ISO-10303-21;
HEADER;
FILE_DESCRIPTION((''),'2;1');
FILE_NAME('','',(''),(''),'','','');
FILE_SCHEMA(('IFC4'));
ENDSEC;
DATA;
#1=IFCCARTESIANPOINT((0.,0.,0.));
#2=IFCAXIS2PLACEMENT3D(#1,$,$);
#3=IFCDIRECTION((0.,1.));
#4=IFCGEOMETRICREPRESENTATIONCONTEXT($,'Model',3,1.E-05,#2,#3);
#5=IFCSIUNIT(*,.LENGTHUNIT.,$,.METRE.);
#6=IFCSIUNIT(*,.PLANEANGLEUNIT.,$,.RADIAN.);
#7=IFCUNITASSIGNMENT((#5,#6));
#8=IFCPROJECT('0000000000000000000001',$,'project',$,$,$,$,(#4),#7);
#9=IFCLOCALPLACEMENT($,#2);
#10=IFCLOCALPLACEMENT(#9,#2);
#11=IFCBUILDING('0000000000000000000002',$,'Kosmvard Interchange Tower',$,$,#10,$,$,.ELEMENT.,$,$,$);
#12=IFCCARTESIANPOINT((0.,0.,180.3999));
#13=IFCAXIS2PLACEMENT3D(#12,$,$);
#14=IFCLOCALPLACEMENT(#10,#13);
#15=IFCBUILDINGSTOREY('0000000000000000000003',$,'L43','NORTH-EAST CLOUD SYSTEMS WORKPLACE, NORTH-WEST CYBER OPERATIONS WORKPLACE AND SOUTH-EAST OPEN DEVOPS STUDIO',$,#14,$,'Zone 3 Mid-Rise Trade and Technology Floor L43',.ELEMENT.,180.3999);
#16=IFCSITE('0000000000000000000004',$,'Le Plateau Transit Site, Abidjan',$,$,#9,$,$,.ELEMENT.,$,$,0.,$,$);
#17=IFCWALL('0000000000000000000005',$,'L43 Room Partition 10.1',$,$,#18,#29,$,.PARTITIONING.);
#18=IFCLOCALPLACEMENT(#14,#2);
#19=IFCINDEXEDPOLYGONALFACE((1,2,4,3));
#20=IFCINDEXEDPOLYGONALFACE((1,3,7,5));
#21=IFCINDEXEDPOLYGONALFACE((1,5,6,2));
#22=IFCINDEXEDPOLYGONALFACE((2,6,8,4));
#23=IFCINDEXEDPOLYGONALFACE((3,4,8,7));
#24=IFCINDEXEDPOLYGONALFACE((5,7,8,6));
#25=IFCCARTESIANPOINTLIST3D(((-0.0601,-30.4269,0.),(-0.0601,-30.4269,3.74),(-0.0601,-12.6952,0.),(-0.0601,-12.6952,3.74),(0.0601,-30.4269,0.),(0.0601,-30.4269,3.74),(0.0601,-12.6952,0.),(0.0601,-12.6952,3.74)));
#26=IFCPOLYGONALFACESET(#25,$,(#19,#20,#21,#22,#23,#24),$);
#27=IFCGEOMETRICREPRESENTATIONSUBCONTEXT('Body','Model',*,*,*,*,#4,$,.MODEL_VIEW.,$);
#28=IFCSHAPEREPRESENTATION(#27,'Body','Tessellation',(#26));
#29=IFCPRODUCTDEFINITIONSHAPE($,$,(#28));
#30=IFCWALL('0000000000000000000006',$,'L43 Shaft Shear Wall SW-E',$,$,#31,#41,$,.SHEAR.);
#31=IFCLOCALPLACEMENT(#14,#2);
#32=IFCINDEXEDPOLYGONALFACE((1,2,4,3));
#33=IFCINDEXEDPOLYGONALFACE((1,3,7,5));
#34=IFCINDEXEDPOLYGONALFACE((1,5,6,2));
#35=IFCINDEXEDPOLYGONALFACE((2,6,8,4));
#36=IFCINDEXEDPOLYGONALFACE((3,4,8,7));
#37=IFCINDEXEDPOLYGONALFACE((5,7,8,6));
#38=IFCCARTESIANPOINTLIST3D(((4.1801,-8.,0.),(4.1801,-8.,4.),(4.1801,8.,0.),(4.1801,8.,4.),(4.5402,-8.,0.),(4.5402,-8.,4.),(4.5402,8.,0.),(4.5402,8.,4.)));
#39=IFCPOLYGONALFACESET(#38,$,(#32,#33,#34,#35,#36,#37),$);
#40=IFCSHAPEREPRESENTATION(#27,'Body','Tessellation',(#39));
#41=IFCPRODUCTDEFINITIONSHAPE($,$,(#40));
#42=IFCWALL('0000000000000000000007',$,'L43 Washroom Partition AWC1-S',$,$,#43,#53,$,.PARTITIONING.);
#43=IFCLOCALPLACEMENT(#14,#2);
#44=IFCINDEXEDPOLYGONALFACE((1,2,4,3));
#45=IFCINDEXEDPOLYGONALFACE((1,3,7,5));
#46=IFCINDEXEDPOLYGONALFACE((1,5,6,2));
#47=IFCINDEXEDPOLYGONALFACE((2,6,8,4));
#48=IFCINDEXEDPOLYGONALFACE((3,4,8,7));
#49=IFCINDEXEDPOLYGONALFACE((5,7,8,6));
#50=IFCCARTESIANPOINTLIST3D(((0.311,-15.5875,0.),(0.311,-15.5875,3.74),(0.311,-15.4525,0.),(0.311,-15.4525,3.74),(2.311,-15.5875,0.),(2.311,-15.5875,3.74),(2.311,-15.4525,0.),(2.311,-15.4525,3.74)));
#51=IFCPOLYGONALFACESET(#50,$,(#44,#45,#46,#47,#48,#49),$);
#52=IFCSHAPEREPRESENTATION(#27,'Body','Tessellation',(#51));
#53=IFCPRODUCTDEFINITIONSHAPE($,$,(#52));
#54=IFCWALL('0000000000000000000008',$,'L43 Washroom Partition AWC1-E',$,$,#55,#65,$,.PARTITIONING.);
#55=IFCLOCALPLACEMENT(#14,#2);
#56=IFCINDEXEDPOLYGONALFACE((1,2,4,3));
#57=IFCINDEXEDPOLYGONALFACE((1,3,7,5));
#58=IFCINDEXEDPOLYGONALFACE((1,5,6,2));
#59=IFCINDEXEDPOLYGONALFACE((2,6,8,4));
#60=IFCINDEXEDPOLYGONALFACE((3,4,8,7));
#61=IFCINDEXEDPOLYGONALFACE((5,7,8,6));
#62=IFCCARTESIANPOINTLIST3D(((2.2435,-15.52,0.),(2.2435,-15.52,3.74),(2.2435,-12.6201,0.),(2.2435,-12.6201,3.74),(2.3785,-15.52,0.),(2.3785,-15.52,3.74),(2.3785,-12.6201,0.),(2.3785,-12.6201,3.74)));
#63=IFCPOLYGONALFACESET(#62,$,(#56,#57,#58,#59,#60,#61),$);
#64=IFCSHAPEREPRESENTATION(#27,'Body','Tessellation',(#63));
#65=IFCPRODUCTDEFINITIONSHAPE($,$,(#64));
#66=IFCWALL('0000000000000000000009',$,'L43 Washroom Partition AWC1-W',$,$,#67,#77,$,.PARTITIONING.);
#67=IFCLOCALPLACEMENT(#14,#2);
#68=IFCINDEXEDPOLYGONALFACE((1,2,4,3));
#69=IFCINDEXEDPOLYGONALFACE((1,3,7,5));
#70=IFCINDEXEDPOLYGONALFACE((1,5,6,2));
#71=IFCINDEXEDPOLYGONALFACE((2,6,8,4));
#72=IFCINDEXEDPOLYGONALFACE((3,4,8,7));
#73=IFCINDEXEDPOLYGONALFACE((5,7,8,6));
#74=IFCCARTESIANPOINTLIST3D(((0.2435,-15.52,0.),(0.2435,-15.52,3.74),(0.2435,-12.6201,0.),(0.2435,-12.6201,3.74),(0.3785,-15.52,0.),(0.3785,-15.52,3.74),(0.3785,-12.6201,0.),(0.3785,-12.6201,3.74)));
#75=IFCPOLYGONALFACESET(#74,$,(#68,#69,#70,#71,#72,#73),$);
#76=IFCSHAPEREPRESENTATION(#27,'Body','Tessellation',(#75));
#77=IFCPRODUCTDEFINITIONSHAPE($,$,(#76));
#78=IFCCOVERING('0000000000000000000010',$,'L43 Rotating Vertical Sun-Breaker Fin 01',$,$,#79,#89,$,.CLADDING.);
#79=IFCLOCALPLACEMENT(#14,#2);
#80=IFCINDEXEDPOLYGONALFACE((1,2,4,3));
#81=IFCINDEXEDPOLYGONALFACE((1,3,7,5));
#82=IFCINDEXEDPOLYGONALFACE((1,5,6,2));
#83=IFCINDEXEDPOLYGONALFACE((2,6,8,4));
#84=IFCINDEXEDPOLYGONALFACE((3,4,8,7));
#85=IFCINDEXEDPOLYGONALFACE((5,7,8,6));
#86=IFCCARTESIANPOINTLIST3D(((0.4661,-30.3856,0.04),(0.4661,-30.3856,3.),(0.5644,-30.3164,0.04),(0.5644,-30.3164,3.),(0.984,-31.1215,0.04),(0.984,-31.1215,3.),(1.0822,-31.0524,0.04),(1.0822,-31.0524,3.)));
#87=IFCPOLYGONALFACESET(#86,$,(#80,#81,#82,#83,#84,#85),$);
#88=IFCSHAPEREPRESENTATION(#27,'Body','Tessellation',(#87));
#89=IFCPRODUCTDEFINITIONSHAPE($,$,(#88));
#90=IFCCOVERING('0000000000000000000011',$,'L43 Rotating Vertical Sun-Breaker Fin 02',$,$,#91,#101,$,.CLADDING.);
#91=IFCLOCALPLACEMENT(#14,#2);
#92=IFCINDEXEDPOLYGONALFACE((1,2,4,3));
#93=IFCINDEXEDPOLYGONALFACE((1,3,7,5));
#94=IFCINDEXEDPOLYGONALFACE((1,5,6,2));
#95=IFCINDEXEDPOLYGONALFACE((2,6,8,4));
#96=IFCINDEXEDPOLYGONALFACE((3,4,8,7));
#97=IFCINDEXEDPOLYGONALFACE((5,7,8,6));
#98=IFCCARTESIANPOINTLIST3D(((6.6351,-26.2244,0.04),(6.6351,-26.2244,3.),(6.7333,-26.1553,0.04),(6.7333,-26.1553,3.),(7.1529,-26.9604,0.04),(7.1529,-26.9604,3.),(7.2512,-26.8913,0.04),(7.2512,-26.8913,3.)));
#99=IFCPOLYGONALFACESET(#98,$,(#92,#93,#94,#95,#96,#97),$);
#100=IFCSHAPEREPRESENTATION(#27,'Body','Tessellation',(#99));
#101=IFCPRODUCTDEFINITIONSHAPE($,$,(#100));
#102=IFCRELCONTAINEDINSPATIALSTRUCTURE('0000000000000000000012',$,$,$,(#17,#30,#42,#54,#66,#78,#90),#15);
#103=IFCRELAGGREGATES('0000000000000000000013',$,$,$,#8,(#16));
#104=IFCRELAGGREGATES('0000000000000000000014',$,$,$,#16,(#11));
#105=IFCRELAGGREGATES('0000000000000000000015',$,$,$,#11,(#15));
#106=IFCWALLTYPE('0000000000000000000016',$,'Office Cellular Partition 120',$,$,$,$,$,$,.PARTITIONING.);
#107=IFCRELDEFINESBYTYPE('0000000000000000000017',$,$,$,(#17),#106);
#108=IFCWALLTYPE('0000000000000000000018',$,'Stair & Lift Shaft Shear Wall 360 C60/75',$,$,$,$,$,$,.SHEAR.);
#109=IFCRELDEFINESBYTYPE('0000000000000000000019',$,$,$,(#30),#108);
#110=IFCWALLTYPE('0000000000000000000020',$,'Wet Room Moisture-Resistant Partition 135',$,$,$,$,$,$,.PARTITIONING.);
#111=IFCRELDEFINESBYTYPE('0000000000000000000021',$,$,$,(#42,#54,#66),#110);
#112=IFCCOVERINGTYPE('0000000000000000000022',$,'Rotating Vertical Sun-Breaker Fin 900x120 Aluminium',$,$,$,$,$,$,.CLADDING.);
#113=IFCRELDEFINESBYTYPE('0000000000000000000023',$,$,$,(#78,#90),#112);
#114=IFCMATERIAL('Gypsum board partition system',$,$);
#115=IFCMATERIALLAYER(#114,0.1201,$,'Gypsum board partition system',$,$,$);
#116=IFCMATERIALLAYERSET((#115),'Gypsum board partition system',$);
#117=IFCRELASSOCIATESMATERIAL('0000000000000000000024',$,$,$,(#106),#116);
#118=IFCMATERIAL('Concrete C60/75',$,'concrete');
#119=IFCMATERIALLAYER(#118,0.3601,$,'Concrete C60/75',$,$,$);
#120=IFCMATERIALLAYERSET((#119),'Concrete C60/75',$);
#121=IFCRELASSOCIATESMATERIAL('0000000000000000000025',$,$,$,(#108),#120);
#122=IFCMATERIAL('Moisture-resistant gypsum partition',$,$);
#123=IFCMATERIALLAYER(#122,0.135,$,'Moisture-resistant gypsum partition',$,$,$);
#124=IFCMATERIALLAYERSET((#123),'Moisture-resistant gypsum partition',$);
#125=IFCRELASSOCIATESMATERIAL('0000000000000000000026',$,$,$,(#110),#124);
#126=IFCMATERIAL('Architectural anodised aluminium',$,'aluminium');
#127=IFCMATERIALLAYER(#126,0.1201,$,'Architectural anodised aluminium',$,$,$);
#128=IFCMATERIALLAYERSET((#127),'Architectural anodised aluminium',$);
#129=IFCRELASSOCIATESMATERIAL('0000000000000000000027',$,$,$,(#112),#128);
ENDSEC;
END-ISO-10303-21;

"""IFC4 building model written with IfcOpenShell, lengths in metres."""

from ifc_helpers import new_model, si_unit, direction, frame, frame_2d, origin, origin_2d, place, context, subcontext, project, spatial, rectangle, extrude, source, transform, mapped, material, layer, layer_set, type_object, element, save


model = new_model("IFC4")

# Units and contexts
model_context = context("Model", 3, precision=1e-05, world=origin(), true_north=direction((0.0, 1.0)))
body_context = subcontext(model_context, "Body", "Model", "MODEL_VIEW")
ifc_project = project(units=[si_unit("LENGTHUNIT", "METRE"), si_unit("PLANEANGLEUNIT", "RADIAN")], contexts=[model_context])

# Site, building, storey
site_placement = place(None, origin())
site = spatial("IfcSite", under=ifc_project, at=site_placement, Name="Le Plateau Transit Site, Abidjan", CompositionType="ELEMENT", RefElevation=0.0)
building_placement = place(site_placement, origin())
building = spatial("IfcBuilding", under=site, at=building_placement, Name="Kosmvard Interchange Tower", CompositionType="ELEMENT")
storey_placement = place(building_placement, frame((0.0, 0.0, 180.3999)))
storey = spatial("IfcBuildingStorey", under=building, at=storey_placement, Name="L43", Description="NORTH-EAST CLOUD SYSTEMS WORKPLACE, NORTH-WEST CYBER OPERATIONS WORKPLACE AND SOUTH-EAST OPEN DEVOPS STUDIO", LongName="Zone 3 Mid-Rise Trade and Technology Floor L43", CompositionType="ELEMENT", Elevation=180.3999)

# Shared definitions
ifc_material_1 = material(Name="Concrete C60/75", Category="concrete")

# Walls
ifc_material_2 = material(Name="Gypsum board partition system")
ifc_layer_1 = layer(ifc_material_2, 0.1201, Name="Gypsum board partition system")
ifc_layer_set_1 = layer_set([ifc_layer_1], Name="Gypsum board partition system")
wall_type_1 = type_object("IfcWallType", Name="Office Cellular Partition 120", PredefinedType="PARTITIONING", material=ifc_layer_set_1)
wall_1_placement = place(storey_placement, frame((0.0, -30.4268, 0.0), z_axis=(0.0, 0.0, 1.0), x_axis=(0.0, 1.0, 0.0)))
element("IfcWall", 1, at=wall_1_placement, inside=storey, type_object=wall_type_1, Name="L43 Room Partition 10.1", PredefinedType="PARTITIONING", context=body_context, shape_type="SweptSolid", body=[
    extrude(rectangle(XDim=17.7317, YDim=0.1201, at=frame_2d((8.8657, 0.0))), origin(), (0.0, 0.0, 1.0), 3.74),
])
ifc_layer_2 = layer(ifc_material_1, 0.3601, Name="Concrete C60/75")
ifc_layer_set_2 = layer_set([ifc_layer_2], Name="Concrete C60/75")
wall_type_2 = type_object("IfcWallType", Name="Stair & Lift Shaft Shear Wall 360 C60/75", PredefinedType="SHEAR", material=ifc_layer_set_2)
wall_2_placement = place(storey_placement, frame((4.3601, -8.0, 0.0), z_axis=(0.0, 0.0, 1.0), x_axis=(0.0, 1.0, 0.0)))
element("IfcWall", 2, at=wall_2_placement, inside=storey, type_object=wall_type_2, Name="L43 Shaft Shear Wall SW-E", PredefinedType="SHEAR", context=body_context, shape_type="SweptSolid", body=[
    extrude(rectangle(XDim=16.0, YDim=0.3601, at=frame_2d((8.0, 0.0))), origin(), (0.0, 0.0, 1.0), 4.0),
])
ifc_material_3 = material(Name="Moisture-resistant gypsum partition")
ifc_layer_3 = layer(ifc_material_3, 0.135, Name="Moisture-resistant gypsum partition")
ifc_layer_set_3 = layer_set([ifc_layer_3], Name="Moisture-resistant gypsum partition")
wall_type_3 = type_object("IfcWallType", Name="Wet Room Moisture-Resistant Partition 135", PredefinedType="PARTITIONING", material=ifc_layer_set_3)
wall_3_placement = place(storey_placement, frame((0.311, -15.52, 0.0), z_axis=(0.0, 0.0, 1.0), x_axis=(1.0, 0.0, 0.0)))
element("IfcWall", 3, at=wall_3_placement, inside=storey, type_object=wall_type_3, Name="L43 Washroom Partition AWC1-S", PredefinedType="PARTITIONING", context=body_context, shape_type="SweptSolid", body=[
    extrude(rectangle(XDim=2.0, YDim=0.135, at=frame_2d((1.0, 0.0))), origin(), (0.0, 0.0, 1.0), 3.74),
])
for number, where, z_axis, x_axis, name in (
    (4, (2.311, -15.52, 0.0), (0.0, 0.0, 1.0), (0.0, 1.0, 0.0), "L43 Washroom Partition AWC1-E"),
    (5, (0.311, -15.52, 0.0), (0.0, 0.0, 1.0), (0.0, 1.0, 0.0), "L43 Washroom Partition AWC1-W"),
):
    element("IfcWall", number, at=place(storey_placement, frame(where, z_axis=z_axis, x_axis=x_axis)), inside=storey, type_object=wall_type_3, Name=name, PredefinedType="PARTITIONING", context=body_context, shape_type="SweptSolid", body=[
        extrude(rectangle(XDim=2.8999, YDim=0.135, at=frame_2d((1.45, 0.0))), origin(), (0.0, 0.0, 1.0), 3.74),
    ])

# Coverings
ifc_material_4 = material(Name="Architectural anodised aluminium", Category="aluminium")
ifc_layer_4 = layer(ifc_material_4, 0.1201, Name="Architectural anodised aluminium")
ifc_layer_set_4 = layer_set([ifc_layer_4], Name="Architectural anodised aluminium")
covering_type = type_object("IfcCoveringType", Name="Rotating Vertical Sun-Breaker Fin 900x120 Aluminium", PredefinedType="CLADDING", material=ifc_layer_set_4)
shared_shape_1 = source(origin(), body_context, "Body", "SweptSolid", [
    extrude(rectangle(XDim=0.8999, YDim=0.1201, at=origin_2d()), origin(), (0.0, 0.0, 1.0), 2.96),
])
for number, where, z_axis, x_axis, name in (
    (6, (0.7742, -30.719, 0.04), (0.0, 0.0, 1.0), (0.575434, -0.817849, 0.0), "L43 Rotating Vertical Sun-Breaker Fin 01"),
    (7, (6.9431, -26.5579, 0.04), (0.0, 0.0, 1.0), (0.575434, -0.817849, 0.0), "L43 Rotating Vertical Sun-Breaker Fin 02"),
):
    element("IfcCovering", number, at=place(storey_placement, frame(where, z_axis=z_axis, x_axis=x_axis)), inside=storey, type_object=covering_type, Name=name, PredefinedType="CLADDING", context=body_context, shape_type="MappedRepresentation", body=[
        mapped(shared_shape_1, transform((0.0, 0.0, 0.0), scale=1.0)),
    ])

save(model, "model.ifc")
